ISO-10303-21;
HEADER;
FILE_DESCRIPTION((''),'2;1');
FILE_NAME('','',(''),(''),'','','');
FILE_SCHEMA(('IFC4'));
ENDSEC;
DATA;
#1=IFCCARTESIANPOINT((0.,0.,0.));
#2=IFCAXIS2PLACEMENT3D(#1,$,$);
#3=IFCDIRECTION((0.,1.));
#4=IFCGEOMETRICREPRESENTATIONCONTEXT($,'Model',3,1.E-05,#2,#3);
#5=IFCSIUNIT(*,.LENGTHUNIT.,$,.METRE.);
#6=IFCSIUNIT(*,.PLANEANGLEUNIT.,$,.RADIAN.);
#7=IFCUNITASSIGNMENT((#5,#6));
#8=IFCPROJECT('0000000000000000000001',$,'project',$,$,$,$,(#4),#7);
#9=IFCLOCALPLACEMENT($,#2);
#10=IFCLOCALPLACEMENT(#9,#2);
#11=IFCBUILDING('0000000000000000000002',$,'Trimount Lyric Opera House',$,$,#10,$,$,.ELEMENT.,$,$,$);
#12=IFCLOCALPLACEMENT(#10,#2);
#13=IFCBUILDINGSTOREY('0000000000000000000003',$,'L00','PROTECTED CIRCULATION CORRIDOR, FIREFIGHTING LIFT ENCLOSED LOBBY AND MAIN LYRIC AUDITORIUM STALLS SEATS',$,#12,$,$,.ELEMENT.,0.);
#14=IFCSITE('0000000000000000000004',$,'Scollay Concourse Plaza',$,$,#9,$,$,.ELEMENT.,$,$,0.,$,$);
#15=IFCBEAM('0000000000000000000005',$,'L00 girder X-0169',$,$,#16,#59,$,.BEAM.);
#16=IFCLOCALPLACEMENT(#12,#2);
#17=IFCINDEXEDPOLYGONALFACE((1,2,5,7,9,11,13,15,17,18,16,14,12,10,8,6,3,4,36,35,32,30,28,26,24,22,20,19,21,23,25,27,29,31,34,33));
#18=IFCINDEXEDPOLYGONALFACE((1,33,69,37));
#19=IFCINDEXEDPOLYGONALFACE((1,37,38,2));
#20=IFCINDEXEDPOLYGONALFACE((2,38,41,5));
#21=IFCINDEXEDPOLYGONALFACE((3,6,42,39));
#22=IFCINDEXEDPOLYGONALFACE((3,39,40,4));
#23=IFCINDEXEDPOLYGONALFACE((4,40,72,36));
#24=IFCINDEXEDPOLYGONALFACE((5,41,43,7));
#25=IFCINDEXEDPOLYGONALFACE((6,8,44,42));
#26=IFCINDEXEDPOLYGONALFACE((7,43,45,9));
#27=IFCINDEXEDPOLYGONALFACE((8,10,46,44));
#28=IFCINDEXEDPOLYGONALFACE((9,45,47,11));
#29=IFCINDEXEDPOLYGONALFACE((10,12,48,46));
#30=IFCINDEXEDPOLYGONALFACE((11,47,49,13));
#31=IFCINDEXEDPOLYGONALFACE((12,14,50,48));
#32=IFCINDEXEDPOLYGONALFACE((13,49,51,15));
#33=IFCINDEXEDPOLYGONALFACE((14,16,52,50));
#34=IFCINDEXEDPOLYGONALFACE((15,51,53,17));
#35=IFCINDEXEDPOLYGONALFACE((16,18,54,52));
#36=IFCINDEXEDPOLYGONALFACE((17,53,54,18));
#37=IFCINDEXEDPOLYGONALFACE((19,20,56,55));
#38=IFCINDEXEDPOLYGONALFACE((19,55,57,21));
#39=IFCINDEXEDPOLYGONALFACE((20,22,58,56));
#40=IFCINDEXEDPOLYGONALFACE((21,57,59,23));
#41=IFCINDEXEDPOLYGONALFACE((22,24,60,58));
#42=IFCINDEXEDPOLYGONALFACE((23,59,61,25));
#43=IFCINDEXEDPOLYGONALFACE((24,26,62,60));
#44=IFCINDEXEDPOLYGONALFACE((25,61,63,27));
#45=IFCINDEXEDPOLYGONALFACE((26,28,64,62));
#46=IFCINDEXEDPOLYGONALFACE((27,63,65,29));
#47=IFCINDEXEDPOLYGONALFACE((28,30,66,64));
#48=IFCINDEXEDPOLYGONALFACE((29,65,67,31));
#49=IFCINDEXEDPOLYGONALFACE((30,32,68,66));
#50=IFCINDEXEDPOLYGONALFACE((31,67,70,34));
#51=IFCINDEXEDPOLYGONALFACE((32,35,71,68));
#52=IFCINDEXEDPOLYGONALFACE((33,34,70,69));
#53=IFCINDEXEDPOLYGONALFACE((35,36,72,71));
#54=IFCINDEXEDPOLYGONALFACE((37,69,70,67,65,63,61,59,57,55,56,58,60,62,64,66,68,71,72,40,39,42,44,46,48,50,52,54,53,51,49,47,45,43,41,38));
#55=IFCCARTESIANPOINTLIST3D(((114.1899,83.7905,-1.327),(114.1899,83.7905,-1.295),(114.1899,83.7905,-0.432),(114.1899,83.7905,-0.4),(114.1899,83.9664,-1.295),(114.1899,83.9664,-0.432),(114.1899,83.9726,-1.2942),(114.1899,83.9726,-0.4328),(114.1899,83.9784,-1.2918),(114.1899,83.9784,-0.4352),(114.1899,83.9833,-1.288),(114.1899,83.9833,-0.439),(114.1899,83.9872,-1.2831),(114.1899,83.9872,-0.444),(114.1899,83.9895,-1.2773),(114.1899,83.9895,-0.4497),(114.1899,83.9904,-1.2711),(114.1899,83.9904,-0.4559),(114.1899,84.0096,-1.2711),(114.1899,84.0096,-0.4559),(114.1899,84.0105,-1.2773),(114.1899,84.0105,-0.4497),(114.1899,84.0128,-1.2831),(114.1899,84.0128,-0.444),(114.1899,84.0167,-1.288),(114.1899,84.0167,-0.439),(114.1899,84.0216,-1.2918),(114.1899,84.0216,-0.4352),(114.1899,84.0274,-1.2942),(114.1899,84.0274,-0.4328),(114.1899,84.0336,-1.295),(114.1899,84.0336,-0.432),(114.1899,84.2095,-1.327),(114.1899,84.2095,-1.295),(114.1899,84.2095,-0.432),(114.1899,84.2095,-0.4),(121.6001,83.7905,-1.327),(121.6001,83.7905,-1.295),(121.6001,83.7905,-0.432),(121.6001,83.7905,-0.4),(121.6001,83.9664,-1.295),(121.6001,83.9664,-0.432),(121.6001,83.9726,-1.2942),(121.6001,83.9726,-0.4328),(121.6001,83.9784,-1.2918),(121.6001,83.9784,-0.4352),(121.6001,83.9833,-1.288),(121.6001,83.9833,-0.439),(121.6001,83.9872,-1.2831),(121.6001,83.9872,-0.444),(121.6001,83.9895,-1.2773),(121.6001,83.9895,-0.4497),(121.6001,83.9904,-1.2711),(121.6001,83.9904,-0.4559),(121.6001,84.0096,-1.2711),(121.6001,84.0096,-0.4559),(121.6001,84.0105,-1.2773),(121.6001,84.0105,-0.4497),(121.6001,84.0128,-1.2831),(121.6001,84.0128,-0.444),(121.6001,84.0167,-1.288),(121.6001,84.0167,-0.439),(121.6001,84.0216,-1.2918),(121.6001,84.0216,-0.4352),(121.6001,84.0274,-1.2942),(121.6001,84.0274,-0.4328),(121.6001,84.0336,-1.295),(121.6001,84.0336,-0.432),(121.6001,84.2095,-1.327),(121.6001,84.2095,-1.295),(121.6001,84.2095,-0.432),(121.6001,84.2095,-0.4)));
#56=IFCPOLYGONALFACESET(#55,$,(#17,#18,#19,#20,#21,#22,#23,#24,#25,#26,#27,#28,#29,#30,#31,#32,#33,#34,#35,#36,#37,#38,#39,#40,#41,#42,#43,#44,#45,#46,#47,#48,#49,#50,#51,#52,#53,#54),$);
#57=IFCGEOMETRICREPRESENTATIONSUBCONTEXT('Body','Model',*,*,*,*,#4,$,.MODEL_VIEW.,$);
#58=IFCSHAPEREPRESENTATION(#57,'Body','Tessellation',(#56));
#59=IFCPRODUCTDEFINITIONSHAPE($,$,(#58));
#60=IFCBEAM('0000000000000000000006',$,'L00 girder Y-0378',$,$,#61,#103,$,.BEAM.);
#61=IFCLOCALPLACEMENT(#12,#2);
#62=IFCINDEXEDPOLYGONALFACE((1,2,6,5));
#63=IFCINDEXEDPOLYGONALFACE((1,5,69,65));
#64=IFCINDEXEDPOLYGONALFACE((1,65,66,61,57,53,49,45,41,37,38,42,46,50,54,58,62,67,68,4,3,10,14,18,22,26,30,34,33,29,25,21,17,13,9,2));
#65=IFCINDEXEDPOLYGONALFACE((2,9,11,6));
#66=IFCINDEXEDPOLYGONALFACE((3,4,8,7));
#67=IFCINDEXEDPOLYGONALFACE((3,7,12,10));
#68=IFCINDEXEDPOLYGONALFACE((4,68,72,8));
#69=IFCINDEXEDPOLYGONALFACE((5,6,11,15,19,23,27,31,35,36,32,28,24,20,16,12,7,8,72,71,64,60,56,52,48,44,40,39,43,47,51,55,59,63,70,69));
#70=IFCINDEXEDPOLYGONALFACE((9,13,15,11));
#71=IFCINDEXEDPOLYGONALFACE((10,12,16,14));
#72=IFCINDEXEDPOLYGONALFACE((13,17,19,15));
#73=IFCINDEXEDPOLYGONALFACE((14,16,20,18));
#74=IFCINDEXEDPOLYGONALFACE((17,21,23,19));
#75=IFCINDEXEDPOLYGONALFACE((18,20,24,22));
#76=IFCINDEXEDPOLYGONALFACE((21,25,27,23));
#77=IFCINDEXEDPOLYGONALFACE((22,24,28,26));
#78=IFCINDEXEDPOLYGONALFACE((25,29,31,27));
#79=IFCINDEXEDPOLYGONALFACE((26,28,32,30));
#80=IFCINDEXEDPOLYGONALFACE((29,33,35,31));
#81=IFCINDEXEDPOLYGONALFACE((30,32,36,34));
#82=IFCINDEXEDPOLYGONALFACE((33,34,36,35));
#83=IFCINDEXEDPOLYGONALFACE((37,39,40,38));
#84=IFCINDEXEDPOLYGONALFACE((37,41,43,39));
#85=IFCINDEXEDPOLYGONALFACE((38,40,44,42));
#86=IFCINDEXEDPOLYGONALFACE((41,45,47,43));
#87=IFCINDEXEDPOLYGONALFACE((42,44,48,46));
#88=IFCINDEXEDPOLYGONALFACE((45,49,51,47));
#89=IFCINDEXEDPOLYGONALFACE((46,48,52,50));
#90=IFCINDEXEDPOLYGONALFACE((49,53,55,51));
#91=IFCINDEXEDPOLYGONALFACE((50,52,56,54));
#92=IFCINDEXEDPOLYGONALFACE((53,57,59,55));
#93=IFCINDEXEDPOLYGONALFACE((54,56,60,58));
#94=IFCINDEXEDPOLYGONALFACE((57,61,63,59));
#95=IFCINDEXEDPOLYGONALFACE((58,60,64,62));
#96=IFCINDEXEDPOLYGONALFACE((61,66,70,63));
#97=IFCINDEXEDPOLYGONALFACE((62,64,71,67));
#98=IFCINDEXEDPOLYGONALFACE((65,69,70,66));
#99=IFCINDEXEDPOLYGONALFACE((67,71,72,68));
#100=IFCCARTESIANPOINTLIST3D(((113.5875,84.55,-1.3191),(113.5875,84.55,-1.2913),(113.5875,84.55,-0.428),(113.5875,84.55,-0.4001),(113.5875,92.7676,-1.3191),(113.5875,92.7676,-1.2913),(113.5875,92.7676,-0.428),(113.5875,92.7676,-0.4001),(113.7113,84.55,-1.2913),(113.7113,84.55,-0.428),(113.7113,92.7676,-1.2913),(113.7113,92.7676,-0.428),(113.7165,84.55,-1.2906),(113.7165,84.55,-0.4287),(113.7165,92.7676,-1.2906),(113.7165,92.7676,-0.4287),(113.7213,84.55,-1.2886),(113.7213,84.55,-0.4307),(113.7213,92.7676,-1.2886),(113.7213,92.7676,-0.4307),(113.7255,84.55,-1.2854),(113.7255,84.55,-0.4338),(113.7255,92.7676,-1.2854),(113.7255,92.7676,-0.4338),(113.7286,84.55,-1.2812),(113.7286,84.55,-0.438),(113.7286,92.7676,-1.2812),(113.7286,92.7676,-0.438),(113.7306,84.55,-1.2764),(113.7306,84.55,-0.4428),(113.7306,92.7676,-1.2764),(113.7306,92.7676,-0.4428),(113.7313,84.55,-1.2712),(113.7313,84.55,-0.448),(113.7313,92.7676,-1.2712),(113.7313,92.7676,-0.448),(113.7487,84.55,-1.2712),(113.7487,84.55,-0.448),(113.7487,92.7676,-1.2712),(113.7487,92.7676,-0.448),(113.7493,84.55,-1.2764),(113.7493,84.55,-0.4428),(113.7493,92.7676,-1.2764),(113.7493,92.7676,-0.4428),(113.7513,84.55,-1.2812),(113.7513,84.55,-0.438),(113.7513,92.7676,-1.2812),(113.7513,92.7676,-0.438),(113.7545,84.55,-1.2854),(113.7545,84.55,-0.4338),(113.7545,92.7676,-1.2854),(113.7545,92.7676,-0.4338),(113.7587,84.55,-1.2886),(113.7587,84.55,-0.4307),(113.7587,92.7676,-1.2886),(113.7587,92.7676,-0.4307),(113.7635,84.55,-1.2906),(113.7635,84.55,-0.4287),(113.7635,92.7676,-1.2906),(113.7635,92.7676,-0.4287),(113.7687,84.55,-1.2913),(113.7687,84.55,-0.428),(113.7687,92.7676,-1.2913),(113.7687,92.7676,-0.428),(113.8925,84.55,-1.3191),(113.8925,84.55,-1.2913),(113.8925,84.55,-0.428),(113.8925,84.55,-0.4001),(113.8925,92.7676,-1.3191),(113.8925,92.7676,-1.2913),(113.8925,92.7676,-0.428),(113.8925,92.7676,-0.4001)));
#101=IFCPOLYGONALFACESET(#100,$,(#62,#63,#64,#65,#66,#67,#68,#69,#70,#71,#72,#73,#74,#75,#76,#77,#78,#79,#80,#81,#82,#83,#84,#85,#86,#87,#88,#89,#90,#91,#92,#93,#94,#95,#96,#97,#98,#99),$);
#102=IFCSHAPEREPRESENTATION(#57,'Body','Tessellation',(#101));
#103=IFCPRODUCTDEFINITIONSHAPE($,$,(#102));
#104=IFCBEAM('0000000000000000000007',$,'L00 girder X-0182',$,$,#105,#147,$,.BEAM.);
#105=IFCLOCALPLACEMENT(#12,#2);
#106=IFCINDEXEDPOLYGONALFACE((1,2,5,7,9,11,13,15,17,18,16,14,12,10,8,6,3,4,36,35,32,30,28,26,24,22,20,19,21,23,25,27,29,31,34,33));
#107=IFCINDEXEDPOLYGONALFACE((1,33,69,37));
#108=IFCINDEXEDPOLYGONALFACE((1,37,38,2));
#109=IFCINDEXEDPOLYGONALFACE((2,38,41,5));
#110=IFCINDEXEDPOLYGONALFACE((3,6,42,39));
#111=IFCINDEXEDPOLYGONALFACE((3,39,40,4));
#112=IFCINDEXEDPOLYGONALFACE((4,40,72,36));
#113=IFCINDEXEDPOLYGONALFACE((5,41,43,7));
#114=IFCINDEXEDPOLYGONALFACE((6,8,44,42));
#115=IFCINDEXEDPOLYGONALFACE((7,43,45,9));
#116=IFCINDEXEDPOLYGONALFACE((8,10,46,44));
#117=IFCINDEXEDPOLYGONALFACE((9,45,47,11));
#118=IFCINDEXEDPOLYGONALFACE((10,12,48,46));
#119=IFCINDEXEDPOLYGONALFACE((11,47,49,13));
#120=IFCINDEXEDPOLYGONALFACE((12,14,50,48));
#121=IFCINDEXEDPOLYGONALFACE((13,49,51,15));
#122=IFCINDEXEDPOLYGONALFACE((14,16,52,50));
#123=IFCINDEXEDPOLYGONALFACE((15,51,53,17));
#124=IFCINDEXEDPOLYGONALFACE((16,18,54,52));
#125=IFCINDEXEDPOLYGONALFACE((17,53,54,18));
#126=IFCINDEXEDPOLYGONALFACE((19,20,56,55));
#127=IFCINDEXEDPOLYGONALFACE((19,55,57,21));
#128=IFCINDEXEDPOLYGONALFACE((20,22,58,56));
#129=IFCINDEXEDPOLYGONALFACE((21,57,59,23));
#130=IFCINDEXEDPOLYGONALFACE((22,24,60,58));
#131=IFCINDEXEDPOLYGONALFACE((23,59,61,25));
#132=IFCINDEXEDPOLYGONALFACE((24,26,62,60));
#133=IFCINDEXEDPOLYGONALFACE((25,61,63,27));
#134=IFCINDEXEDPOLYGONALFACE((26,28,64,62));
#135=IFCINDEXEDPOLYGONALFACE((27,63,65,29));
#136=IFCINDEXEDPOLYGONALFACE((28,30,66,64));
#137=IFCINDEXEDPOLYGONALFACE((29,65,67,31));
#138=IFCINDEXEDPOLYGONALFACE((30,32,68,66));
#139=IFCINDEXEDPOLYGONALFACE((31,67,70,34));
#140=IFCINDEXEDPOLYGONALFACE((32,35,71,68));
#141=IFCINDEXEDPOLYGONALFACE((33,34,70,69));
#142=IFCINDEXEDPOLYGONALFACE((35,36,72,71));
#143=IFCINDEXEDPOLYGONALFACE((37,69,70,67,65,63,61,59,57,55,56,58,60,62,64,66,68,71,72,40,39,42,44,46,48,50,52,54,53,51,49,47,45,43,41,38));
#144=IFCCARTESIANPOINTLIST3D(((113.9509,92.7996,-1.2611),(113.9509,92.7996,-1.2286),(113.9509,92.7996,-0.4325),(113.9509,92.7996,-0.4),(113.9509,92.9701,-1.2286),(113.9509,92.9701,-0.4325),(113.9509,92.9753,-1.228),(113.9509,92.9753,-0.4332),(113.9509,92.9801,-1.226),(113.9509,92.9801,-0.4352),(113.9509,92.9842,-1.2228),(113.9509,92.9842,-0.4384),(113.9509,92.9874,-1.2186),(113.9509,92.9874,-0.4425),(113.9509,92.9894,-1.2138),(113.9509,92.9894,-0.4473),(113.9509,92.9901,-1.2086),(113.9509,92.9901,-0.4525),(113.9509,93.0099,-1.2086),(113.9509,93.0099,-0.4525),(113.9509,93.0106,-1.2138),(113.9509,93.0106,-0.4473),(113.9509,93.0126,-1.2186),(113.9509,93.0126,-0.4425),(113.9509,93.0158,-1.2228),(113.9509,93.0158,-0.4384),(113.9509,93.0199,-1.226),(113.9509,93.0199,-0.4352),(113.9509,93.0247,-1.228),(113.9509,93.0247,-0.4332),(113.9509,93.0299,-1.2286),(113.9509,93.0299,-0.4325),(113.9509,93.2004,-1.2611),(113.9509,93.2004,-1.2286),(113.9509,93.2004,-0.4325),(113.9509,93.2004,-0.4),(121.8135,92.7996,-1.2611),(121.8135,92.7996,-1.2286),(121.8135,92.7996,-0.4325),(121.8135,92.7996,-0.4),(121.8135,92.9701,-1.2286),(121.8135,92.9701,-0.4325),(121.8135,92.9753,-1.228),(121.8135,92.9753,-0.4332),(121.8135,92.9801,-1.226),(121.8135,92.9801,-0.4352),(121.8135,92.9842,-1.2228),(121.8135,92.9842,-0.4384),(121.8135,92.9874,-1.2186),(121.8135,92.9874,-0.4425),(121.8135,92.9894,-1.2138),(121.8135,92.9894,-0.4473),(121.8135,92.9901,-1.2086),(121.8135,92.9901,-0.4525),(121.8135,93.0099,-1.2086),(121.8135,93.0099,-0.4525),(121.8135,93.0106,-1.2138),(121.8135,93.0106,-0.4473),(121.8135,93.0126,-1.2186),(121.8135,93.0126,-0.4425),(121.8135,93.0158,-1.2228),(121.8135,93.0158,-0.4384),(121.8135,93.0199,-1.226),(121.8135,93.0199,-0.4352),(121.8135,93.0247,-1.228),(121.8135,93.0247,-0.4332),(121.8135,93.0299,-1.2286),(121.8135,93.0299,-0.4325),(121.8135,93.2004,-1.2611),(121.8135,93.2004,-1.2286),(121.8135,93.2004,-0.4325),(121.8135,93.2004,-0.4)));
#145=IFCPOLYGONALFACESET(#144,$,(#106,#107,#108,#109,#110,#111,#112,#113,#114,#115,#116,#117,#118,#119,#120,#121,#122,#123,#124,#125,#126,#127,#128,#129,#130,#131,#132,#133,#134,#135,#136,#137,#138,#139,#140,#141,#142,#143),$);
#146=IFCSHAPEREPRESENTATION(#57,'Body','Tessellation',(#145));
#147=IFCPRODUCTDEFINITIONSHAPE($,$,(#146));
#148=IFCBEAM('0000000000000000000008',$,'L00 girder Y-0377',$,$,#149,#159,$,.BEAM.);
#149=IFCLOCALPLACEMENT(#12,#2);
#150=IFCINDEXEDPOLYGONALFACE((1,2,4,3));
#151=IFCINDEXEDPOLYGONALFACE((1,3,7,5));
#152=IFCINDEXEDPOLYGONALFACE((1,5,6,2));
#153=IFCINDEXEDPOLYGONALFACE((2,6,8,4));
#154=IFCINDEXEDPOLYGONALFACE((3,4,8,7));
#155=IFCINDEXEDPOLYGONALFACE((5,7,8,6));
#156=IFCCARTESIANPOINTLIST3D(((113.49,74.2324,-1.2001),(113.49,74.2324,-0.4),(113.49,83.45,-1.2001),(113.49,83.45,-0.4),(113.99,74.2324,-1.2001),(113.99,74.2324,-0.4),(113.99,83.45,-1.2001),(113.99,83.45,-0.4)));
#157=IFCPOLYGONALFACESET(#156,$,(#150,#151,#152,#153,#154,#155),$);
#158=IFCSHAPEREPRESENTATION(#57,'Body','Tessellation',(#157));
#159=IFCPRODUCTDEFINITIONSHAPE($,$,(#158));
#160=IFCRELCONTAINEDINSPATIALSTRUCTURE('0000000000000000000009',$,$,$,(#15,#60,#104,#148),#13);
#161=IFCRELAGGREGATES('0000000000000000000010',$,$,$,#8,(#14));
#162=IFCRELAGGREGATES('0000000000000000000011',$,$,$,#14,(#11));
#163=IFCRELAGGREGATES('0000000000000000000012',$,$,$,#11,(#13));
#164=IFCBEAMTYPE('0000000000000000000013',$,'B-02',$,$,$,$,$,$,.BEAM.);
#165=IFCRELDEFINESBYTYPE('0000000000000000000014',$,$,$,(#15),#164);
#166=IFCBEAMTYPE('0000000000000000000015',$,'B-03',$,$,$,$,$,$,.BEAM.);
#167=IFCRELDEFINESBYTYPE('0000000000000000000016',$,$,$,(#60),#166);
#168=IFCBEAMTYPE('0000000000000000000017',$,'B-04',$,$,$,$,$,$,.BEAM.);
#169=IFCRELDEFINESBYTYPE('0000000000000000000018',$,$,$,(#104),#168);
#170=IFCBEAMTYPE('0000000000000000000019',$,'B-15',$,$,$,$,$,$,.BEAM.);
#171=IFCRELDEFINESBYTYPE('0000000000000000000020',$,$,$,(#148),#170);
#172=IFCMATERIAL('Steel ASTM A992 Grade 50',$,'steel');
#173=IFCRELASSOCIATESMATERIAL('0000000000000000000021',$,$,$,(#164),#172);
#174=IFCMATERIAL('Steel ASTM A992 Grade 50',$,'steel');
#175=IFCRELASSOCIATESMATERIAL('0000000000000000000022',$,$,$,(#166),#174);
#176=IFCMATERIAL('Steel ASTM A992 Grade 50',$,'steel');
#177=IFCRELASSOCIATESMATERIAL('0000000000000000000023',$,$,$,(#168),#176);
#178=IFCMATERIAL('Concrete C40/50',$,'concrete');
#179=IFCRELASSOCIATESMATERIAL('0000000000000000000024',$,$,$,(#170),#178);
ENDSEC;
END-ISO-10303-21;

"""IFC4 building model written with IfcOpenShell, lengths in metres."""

from ifc_helpers import new_model, si_unit, direction, frame, origin, origin_2d, place, context, subcontext, project, spatial, rectangle, i_section, extrude, material, material_profile, profile_set, type_object, element, save


model = new_model("IFC4")

# Units and contexts
model_context = context("Model", 3, precision=1e-05, world=origin(), true_north=direction((0.0, 1.0)))
body_context = subcontext(model_context, "Body", "Model", "MODEL_VIEW")
ifc_project = project(units=[si_unit("LENGTHUNIT", "METRE"), si_unit("PLANEANGLEUNIT", "RADIAN")], contexts=[model_context])

# Site, building, storey
site_placement = place(None, origin())
site = spatial("IfcSite", under=ifc_project, at=site_placement, Name="Scollay Concourse Plaza", CompositionType="ELEMENT", RefElevation=0.0)
building_placement = place(site_placement, origin())
building = spatial("IfcBuilding", under=site, at=building_placement, Name="Trimount Lyric Opera House", CompositionType="ELEMENT")
storey_placement = place(building_placement, origin())
storey = spatial("IfcBuildingStorey", under=building, at=storey_placement, Name="L00", Description="PROTECTED CIRCULATION CORRIDOR, FIREFIGHTING LIFT ENCLOSED LOBBY AND MAIN LYRIC AUDITORIUM STALLS SEATS", CompositionType="ELEMENT", Elevation=0.0)

# Beams
ifc_material_1 = material(Name="Steel ASTM A992 Grade 50", Category="steel")
ifc_material_profile_1 = material_profile(ifc_material_1, i_section(OverallWidth=0.4189, OverallDepth=0.927, WebThickness=0.0193, FlangeThickness=0.032, FilletRadius=0.0239, at=origin_2d()), Name="W36X231")
ifc_profile_set_1 = profile_set([ifc_material_profile_1], Name="Steel ASTM A992 Grade 50")
beam_type_1 = type_object("IfcBeamType", Name="B-02", PredefinedType="BEAM", material=ifc_profile_set_1)
beam_1_placement = place(storey_placement, frame((114.1899, 84.0, -0.8635), z_axis=(1.0, 0.0, 0.0), x_axis=(0.0, 1.0, 0.0)))
element("IfcBeam", 1, at=beam_1_placement, inside=storey, type_object=beam_type_1, Name="L00 girder X-0169", PredefinedType="BEAM", context=body_context, shape_type="SweptSolid", body=[
    extrude(i_section(OverallWidth=0.4189, OverallDepth=0.927, WebThickness=0.0193, FlangeThickness=0.032, FilletRadius=0.0239, at=origin_2d()), origin(), (0.0, 0.0, 1.0), 7.4102),
])
ifc_material_2 = material(Name="Steel ASTM A992 Grade 50", Category="steel")
ifc_material_profile_2 = material_profile(ifc_material_2, i_section(OverallWidth=0.3049, OverallDepth=0.9189, WebThickness=0.0173, FlangeThickness=0.0278, FilletRadius=0.02, at=origin_2d()), Name="W36X170")
ifc_profile_set_2 = profile_set([ifc_material_profile_2], Name="Steel ASTM A992 Grade 50")
beam_type_2 = type_object("IfcBeamType", Name="B-03", PredefinedType="BEAM", material=ifc_profile_set_2)
beam_2_placement = place(storey_placement, frame((113.74, 84.55, -0.8596), z_axis=(0.0, 1.0, 0.0), x_axis=(-1.0, 0.0, 0.0)))
element("IfcBeam", 2, at=beam_2_placement, inside=storey, type_object=beam_type_2, Name="L00 girder Y-0378", PredefinedType="BEAM", context=body_context, shape_type="SweptSolid", body=[
    extrude(i_section(OverallWidth=0.3049, OverallDepth=0.9189, WebThickness=0.0173, FlangeThickness=0.0278, FilletRadius=0.02, at=origin_2d()), origin(), (0.0, 0.0, 1.0), 8.2175),
])
ifc_material_3 = material(Name="Steel ASTM A992 Grade 50", Category="steel")
ifc_material_profile_3 = material_profile(ifc_material_3, i_section(OverallWidth=0.4009, OverallDepth=0.8611, WebThickness=0.0198, FlangeThickness=0.0325, FilletRadius=0.02, at=origin_2d()), Name="W33X221")
ifc_profile_set_3 = profile_set([ifc_material_profile_3], Name="Steel ASTM A992 Grade 50")
beam_type_3 = type_object("IfcBeamType", Name="B-04", PredefinedType="BEAM", material=ifc_profile_set_3)
beam_3_placement = place(storey_placement, frame((113.9509, 93.0, -0.8306), z_axis=(1.0, 0.0, 0.0), x_axis=(0.0, 1.0, 0.0)))
element("IfcBeam", 3, at=beam_3_placement, inside=storey, type_object=beam_type_3, Name="L00 girder X-0182", PredefinedType="BEAM", context=body_context, shape_type="SweptSolid", body=[
    extrude(i_section(OverallWidth=0.4009, OverallDepth=0.8611, WebThickness=0.0198, FlangeThickness=0.0325, FilletRadius=0.02, at=origin_2d()), origin(), (0.0, 0.0, 1.0), 7.8625),
])
ifc_material_4 = material(Name="Concrete C40/50", Category="concrete")
ifc_material_profile_4 = material_profile(ifc_material_4, rectangle(XDim=0.5, YDim=0.8, at=origin_2d()), Name="RC500X800")
ifc_profile_set_4 = profile_set([ifc_material_profile_4], Name="Concrete C40/50")
beam_type_4 = type_object("IfcBeamType", Name="B-15", PredefinedType="BEAM", material=ifc_profile_set_4)
beam_4_placement = place(storey_placement, frame((113.74, 74.2324, -0.8), z_axis=(0.0, 1.0, 0.0), x_axis=(-1.0, 0.0, 0.0)))
element("IfcBeam", 4, at=beam_4_placement, inside=storey, type_object=beam_type_4, Name="L00 girder Y-0377", PredefinedType="BEAM", context=body_context, shape_type="SweptSolid", body=[
    extrude(rectangle(XDim=0.5, YDim=0.8, at=origin_2d()), origin(), (0.0, 0.0, 1.0), 9.2175),
])

save(model, "model.ifc")
